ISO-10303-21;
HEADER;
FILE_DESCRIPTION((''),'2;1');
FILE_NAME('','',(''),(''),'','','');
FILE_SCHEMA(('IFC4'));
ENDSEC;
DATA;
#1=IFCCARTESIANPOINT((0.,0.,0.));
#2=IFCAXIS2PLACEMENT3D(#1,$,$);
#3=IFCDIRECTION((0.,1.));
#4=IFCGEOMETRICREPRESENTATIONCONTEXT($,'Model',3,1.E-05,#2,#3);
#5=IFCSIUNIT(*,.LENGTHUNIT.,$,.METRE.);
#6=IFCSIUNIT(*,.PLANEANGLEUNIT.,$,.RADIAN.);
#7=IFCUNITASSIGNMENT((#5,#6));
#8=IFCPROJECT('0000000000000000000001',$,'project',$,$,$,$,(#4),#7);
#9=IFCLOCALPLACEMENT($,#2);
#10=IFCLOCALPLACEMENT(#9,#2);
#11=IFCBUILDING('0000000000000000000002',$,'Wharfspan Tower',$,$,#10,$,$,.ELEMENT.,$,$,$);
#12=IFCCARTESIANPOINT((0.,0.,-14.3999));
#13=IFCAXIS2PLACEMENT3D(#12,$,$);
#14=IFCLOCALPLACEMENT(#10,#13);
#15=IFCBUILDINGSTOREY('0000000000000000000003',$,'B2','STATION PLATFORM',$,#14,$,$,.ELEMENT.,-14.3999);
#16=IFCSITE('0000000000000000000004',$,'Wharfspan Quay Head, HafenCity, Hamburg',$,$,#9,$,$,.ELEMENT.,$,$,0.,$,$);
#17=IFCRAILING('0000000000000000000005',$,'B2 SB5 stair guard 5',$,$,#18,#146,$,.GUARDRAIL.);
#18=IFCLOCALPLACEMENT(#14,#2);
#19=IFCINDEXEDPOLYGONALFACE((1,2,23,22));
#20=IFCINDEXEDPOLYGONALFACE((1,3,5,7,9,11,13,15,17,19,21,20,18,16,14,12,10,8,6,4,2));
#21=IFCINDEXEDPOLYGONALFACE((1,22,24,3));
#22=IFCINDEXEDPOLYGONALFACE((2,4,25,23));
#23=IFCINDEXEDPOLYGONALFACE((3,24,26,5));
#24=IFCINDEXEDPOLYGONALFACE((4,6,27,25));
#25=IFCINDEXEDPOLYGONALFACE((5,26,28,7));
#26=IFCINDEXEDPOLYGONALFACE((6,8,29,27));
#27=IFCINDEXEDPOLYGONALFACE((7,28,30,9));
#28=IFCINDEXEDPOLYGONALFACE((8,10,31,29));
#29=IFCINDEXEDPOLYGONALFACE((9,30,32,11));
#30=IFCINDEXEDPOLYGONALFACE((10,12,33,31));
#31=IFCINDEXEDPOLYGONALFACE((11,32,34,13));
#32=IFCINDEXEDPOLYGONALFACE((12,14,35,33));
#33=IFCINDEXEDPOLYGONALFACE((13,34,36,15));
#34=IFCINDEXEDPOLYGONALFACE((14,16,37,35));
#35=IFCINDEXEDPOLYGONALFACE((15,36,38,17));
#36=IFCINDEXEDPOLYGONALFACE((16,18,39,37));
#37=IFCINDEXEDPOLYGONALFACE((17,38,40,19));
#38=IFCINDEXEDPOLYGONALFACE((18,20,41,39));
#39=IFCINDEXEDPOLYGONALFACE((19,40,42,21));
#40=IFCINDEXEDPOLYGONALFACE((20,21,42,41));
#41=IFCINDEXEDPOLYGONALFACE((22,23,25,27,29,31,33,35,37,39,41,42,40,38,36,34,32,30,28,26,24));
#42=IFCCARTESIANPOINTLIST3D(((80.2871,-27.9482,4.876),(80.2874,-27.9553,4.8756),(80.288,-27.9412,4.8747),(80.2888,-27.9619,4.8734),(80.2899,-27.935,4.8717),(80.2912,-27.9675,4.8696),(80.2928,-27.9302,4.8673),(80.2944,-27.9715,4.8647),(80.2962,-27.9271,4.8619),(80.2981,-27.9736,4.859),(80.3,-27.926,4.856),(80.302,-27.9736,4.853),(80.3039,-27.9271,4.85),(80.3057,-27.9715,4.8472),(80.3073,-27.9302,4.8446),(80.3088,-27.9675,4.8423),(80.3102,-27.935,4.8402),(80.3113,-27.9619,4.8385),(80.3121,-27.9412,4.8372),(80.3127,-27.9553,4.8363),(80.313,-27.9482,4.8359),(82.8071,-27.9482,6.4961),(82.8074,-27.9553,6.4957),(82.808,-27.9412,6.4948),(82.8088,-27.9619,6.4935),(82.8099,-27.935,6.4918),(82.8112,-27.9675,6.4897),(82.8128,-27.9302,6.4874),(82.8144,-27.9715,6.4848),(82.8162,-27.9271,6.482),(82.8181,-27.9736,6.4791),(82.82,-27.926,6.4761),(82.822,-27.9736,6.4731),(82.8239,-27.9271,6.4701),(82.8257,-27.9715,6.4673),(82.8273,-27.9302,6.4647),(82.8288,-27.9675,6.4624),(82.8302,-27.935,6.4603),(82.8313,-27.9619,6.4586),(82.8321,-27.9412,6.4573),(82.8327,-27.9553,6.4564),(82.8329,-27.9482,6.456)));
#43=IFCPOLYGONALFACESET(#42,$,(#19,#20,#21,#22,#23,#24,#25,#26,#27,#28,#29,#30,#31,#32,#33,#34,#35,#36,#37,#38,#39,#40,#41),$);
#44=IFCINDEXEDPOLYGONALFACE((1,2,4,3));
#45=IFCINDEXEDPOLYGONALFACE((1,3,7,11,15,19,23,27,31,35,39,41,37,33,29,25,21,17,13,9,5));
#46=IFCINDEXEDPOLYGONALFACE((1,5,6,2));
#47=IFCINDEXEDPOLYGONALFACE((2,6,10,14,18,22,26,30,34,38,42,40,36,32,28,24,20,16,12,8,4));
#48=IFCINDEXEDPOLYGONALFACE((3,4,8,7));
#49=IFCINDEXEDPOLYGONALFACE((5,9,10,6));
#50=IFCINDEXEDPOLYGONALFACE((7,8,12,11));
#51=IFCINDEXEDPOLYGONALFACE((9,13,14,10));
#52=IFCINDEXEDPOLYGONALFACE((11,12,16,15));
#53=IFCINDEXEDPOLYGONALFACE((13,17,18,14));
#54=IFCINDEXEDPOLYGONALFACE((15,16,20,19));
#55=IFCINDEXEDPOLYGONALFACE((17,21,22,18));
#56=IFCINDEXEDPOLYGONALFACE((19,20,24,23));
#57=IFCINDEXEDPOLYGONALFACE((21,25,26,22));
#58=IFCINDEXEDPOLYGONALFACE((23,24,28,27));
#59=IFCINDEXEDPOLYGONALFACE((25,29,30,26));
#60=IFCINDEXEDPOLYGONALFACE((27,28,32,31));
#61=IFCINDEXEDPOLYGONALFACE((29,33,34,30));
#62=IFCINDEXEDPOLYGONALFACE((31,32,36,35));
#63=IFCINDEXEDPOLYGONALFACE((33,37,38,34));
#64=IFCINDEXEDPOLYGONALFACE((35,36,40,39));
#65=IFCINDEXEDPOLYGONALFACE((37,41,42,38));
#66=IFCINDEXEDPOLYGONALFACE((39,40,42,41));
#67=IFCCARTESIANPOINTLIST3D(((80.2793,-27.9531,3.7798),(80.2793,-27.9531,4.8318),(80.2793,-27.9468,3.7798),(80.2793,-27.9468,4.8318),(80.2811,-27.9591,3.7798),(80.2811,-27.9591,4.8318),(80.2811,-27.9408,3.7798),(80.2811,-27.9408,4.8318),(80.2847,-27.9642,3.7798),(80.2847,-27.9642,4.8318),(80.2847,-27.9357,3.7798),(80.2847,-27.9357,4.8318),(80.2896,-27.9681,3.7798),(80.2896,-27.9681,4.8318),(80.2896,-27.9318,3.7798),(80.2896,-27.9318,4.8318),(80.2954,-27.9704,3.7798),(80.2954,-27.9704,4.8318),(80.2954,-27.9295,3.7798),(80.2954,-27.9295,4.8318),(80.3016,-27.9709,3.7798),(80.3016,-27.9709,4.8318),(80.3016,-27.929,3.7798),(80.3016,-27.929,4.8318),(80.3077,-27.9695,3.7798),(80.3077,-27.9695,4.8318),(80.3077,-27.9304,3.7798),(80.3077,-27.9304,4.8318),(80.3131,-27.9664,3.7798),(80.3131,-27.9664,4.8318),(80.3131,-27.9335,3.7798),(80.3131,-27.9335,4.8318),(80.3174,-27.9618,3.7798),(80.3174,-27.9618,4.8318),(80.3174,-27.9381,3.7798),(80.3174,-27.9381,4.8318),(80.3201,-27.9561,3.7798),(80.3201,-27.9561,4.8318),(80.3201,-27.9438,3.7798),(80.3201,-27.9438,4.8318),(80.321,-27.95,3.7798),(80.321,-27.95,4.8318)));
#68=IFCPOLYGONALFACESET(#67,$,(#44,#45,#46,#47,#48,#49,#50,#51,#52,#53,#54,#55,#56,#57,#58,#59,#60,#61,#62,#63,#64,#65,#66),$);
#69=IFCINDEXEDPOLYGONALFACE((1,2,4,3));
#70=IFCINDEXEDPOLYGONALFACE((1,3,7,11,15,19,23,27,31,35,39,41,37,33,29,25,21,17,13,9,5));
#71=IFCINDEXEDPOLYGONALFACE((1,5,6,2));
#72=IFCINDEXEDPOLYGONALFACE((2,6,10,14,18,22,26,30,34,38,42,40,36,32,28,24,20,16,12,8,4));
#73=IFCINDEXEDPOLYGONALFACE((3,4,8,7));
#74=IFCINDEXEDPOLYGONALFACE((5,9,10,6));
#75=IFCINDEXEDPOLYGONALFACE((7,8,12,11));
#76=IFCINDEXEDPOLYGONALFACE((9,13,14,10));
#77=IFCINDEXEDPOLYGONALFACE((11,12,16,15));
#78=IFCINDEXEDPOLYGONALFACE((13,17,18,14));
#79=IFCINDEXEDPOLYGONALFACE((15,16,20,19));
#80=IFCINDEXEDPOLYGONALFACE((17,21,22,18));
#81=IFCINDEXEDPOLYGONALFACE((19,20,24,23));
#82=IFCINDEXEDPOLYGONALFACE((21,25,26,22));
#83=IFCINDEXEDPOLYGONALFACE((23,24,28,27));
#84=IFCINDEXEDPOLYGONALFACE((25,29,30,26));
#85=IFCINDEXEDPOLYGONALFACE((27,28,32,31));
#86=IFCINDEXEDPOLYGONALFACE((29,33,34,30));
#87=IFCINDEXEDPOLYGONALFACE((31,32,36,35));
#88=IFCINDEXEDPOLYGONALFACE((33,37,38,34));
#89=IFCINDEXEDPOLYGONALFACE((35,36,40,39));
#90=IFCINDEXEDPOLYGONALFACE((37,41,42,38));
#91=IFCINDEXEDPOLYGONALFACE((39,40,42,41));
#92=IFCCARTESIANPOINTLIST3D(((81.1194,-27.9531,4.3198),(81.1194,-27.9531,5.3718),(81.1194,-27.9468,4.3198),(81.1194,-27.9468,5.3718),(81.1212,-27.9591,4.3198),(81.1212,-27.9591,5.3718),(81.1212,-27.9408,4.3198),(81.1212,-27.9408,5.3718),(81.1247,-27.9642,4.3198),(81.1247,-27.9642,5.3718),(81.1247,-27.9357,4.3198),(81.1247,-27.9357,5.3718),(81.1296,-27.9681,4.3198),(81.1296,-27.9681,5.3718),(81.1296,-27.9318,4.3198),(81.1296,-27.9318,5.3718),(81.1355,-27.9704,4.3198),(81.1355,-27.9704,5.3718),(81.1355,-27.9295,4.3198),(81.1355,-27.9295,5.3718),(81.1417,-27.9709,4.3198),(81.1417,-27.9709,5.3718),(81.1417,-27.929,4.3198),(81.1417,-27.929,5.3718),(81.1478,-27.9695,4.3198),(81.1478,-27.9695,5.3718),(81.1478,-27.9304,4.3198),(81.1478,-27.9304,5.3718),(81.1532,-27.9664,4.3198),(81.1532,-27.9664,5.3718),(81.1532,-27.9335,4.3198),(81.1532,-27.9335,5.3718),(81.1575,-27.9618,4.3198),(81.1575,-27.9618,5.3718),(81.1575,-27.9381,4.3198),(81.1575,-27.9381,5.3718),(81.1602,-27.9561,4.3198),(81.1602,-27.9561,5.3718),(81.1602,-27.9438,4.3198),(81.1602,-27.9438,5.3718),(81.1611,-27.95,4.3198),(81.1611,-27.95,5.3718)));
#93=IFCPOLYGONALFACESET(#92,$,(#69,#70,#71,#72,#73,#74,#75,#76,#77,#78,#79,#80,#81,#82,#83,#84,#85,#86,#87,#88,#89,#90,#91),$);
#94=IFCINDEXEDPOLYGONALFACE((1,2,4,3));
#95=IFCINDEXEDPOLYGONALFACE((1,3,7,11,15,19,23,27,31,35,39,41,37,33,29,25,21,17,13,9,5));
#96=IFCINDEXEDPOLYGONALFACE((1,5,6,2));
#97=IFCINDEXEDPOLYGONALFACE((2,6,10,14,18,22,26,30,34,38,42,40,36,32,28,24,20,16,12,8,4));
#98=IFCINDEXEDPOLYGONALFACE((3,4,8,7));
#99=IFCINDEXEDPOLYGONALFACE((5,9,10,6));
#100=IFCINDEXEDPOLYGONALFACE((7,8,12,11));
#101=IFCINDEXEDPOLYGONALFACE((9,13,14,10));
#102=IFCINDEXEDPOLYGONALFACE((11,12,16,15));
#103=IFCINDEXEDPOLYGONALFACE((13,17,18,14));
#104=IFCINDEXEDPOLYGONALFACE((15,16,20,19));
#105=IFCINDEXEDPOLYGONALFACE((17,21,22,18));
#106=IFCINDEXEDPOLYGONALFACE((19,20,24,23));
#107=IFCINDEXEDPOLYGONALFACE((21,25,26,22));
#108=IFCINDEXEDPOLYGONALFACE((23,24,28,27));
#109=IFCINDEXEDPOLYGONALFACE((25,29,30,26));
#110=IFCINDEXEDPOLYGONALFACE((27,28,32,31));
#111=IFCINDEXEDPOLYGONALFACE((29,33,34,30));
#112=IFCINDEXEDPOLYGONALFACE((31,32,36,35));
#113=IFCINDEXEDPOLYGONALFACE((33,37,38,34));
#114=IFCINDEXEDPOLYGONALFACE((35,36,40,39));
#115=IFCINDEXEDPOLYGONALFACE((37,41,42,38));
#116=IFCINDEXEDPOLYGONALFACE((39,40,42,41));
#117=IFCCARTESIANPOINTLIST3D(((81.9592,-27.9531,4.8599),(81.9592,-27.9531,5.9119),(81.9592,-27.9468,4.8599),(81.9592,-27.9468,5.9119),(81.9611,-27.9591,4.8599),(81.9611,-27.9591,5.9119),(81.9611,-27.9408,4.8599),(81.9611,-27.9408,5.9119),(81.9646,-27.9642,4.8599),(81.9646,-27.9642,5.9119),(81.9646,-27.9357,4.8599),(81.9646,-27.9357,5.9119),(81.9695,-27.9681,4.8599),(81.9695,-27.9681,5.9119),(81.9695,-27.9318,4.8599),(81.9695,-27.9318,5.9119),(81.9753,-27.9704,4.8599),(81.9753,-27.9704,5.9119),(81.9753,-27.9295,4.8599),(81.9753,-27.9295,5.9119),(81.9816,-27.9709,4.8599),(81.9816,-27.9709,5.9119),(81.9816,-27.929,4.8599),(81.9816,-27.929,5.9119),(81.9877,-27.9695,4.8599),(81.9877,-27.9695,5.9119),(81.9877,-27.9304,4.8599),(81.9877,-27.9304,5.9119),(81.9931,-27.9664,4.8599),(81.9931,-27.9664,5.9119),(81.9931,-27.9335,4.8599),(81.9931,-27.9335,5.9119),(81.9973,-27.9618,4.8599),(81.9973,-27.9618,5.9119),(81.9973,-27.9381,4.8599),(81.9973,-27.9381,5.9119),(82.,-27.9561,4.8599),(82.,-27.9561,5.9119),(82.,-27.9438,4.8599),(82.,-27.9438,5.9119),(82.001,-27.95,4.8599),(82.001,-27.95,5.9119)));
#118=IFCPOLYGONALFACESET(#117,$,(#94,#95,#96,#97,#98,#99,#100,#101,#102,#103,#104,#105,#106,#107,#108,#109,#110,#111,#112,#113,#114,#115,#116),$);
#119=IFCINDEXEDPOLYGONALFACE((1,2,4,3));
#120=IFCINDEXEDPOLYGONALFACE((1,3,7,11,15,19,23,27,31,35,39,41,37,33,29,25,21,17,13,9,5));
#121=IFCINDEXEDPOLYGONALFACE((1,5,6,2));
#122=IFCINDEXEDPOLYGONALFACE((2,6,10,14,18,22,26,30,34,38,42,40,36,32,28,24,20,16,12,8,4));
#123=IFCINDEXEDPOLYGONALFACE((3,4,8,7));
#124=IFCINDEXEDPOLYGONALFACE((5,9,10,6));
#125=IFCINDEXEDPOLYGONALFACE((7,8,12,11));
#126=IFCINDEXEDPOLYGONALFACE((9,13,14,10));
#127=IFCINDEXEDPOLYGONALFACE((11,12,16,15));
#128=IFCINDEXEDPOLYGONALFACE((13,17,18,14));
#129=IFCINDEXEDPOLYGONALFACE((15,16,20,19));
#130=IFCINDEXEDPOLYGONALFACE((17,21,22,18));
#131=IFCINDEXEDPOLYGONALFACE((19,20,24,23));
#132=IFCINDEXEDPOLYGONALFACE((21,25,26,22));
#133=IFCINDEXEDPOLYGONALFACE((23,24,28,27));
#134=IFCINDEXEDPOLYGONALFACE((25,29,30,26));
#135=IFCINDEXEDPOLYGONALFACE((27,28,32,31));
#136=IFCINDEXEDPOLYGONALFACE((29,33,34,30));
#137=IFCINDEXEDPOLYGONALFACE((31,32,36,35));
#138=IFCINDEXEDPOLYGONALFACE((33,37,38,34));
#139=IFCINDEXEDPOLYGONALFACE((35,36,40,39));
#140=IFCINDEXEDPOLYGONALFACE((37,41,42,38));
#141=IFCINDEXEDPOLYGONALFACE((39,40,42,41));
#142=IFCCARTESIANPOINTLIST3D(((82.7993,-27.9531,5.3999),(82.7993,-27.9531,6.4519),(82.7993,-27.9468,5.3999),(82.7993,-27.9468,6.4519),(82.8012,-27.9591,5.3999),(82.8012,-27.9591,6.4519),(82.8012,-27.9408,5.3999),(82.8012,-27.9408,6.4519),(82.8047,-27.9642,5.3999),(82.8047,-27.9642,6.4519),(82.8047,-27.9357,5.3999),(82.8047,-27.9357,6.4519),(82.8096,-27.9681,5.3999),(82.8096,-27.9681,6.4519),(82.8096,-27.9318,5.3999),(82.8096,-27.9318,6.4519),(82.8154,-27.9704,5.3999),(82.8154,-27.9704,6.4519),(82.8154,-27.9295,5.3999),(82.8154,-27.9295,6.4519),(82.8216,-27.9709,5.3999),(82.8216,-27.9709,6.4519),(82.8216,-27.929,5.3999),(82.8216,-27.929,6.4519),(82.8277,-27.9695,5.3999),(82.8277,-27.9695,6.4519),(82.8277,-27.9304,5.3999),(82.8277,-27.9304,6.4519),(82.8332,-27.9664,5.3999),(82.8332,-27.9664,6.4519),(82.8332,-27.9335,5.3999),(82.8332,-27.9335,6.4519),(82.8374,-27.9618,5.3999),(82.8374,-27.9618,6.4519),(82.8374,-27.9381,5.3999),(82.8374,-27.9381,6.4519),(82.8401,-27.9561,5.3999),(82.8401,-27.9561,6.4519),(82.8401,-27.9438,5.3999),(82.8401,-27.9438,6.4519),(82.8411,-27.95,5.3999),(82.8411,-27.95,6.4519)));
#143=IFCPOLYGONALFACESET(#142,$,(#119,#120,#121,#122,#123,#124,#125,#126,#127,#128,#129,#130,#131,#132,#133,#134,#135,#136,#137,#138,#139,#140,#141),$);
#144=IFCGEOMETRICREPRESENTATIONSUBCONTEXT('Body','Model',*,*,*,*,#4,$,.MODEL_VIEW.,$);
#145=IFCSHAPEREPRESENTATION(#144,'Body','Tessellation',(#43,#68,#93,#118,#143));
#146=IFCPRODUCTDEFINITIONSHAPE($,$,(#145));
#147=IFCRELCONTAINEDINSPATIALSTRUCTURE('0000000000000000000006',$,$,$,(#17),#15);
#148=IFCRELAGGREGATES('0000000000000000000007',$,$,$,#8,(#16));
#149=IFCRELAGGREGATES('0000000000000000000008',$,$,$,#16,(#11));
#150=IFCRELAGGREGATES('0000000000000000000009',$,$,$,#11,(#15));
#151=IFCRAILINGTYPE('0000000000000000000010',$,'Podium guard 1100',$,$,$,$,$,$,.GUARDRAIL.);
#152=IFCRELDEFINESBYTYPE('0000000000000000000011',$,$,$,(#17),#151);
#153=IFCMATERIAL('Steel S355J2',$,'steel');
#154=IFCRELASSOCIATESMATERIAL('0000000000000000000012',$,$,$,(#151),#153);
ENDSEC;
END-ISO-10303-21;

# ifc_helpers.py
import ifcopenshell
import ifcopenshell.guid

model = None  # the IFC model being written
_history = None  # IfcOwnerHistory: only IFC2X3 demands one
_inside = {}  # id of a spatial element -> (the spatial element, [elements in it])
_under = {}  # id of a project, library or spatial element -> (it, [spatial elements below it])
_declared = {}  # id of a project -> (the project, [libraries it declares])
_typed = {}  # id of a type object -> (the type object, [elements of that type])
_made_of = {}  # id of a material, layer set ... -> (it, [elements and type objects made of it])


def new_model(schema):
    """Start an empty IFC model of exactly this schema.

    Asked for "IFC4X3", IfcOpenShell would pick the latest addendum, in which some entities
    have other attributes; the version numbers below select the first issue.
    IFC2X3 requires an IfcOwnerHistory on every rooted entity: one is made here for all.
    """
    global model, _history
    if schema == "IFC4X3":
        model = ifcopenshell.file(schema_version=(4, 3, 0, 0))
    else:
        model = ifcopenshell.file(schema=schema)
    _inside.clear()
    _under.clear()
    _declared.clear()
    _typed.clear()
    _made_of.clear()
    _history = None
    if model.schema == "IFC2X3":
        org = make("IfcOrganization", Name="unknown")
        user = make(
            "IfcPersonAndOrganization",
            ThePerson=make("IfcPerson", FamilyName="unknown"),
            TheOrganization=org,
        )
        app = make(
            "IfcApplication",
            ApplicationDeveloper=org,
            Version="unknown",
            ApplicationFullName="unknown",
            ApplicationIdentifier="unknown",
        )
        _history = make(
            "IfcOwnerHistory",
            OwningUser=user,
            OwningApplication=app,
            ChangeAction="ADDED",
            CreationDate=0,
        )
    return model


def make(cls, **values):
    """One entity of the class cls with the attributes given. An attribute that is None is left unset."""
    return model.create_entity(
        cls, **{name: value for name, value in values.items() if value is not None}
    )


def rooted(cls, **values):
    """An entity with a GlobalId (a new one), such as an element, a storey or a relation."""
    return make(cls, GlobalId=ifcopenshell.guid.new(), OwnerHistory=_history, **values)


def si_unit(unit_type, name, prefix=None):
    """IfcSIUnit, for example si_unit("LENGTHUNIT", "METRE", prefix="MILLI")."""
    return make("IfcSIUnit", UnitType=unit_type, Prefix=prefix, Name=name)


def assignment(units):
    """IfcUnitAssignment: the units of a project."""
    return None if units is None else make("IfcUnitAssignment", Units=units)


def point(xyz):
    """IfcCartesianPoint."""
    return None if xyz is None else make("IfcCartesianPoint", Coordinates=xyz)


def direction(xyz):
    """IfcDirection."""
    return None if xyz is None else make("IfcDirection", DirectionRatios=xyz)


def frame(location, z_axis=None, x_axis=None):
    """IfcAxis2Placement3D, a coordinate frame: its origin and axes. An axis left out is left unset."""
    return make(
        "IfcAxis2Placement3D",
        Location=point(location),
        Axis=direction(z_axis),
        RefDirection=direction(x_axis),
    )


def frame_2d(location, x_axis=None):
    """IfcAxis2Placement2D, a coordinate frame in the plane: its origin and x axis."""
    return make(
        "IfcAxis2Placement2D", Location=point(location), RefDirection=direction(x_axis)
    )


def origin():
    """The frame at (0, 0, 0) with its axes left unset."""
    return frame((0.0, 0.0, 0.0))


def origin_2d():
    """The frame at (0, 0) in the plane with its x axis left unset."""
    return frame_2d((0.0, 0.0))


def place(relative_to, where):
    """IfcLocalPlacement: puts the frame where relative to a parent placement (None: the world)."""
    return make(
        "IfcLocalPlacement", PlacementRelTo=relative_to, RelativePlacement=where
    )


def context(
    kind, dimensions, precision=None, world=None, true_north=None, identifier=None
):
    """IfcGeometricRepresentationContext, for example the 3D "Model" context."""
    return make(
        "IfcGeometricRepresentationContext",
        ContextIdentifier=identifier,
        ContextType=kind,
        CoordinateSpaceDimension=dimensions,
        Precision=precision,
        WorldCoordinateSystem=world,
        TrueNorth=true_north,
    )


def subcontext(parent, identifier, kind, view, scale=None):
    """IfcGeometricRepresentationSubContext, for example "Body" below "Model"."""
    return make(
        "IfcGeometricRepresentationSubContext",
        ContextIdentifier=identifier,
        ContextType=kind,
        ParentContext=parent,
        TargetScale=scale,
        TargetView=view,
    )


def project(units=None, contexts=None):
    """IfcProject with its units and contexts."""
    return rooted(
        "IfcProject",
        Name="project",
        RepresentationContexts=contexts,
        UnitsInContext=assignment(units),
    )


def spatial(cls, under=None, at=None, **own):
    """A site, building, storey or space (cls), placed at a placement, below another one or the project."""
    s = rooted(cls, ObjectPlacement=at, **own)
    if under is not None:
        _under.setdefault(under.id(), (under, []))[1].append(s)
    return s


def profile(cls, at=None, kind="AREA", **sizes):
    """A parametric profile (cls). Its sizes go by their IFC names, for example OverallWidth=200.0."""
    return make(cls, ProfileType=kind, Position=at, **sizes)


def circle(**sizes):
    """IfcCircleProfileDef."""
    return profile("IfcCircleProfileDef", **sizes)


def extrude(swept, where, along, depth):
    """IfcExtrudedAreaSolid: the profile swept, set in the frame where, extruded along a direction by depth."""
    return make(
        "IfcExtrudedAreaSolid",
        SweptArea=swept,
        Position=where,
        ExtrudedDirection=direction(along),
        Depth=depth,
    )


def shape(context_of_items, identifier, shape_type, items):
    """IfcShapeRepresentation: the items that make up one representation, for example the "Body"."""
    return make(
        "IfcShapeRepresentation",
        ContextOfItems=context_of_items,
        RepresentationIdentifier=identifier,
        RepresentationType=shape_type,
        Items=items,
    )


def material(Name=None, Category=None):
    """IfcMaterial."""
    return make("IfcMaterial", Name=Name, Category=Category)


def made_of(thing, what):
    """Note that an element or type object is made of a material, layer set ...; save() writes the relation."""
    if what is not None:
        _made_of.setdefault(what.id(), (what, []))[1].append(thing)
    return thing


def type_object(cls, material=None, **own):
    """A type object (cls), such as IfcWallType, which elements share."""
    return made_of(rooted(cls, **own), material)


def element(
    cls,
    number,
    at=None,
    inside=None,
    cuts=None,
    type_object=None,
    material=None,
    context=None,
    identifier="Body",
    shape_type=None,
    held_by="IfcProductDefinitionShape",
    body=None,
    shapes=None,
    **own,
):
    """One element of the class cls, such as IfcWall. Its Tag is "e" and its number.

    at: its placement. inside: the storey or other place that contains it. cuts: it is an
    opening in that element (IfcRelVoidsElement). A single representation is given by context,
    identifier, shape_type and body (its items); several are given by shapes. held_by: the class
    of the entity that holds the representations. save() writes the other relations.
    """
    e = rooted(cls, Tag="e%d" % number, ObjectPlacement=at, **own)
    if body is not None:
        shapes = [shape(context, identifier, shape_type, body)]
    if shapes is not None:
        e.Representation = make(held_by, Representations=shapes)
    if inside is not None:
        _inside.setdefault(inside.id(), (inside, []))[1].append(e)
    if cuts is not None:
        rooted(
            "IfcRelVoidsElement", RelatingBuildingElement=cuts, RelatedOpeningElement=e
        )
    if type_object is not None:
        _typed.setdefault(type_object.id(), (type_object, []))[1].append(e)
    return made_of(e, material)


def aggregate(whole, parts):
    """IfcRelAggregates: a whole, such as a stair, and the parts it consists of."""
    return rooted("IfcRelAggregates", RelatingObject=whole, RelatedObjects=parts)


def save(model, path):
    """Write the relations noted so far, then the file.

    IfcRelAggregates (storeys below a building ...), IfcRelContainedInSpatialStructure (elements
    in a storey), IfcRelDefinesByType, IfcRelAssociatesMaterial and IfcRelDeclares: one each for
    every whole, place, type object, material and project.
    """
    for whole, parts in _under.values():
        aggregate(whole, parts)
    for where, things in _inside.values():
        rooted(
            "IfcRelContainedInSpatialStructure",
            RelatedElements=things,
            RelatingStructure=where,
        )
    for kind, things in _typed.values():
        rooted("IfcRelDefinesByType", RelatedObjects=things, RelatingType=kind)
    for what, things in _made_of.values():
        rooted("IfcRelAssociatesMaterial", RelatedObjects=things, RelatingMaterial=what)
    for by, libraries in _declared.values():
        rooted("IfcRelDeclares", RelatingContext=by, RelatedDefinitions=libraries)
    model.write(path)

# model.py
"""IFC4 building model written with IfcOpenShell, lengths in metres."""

from ifc_helpers import new_model, si_unit, direction, frame, origin, origin_2d, place, context, subcontext, project, spatial, circle, extrude, material, type_object, element, save


model = new_model("IFC4")

# Units and contexts
model_context = context("Model", 3, precision=1e-05, world=origin(), true_north=direction((0.0, 1.0)))
body_context = subcontext(model_context, "Body", "Model", "MODEL_VIEW")
ifc_project = project(units=[si_unit("LENGTHUNIT", "METRE"), si_unit("PLANEANGLEUNIT", "RADIAN")], contexts=[model_context])

# Site, building, storey
site_placement = place(None, origin())
site = spatial("IfcSite", under=ifc_project, at=site_placement, Name="Wharfspan Quay Head, HafenCity, Hamburg", CompositionType="ELEMENT", RefElevation=0.0)
building_placement = place(site_placement, origin())
building = spatial("IfcBuilding", under=site, at=building_placement, Name="Wharfspan Tower", CompositionType="ELEMENT")
storey_placement = place(building_placement, frame((0.0, 0.0, -14.3999)))
storey = spatial("IfcBuildingStorey", under=building, at=storey_placement, Name="B2", Description="STATION PLATFORM", CompositionType="ELEMENT", Elevation=-14.3999)

# Railing
ifc_material_1 = material(Name="Steel S355J2", Category="steel")
railing_type_1 = type_object("IfcRailingType", Name="Podium guard 1100", PredefinedType="GUARDRAIL", material=ifc_material_1)
railing_1_placement = place(storey_placement, frame((80.3, -27.95, 3.7798)))
element("IfcRailing", 1, at=railing_1_placement, inside=storey, type_object=railing_type_1, Name="B2 SB5 stair guard 5", PredefinedType="GUARDRAIL", context=body_context, shape_type="SweptSolid", body=[
    extrude(circle(Radius=0.0239, at=origin_2d()), frame((0.0, 0.0, 1.0762), z_axis=(0.841163, 0.0, 0.540782), x_axis=(0.0, 1.0, 0.0)), (0.0, 0.0, 1.0), 2.9958),
    extrude(circle(Radius=0.021, at=origin_2d()), origin(), (0.0, 0.0, 1.0), 1.052),
    extrude(circle(Radius=0.021, at=origin_2d()), frame((0.8401, 0.0, 0.54)), (0.0, 0.0, 1.0), 1.052),
    extrude(circle(Radius=0.021, at=origin_2d()), frame((1.6799, 0.0, 1.0801)), (0.0, 0.0, 1.0), 1.052),
    extrude(circle(Radius=0.021, at=origin_2d()), frame((2.52, 0.0, 1.6201)), (0.0, 0.0, 1.0), 1.052),
])

save(model, "model.ifc")
